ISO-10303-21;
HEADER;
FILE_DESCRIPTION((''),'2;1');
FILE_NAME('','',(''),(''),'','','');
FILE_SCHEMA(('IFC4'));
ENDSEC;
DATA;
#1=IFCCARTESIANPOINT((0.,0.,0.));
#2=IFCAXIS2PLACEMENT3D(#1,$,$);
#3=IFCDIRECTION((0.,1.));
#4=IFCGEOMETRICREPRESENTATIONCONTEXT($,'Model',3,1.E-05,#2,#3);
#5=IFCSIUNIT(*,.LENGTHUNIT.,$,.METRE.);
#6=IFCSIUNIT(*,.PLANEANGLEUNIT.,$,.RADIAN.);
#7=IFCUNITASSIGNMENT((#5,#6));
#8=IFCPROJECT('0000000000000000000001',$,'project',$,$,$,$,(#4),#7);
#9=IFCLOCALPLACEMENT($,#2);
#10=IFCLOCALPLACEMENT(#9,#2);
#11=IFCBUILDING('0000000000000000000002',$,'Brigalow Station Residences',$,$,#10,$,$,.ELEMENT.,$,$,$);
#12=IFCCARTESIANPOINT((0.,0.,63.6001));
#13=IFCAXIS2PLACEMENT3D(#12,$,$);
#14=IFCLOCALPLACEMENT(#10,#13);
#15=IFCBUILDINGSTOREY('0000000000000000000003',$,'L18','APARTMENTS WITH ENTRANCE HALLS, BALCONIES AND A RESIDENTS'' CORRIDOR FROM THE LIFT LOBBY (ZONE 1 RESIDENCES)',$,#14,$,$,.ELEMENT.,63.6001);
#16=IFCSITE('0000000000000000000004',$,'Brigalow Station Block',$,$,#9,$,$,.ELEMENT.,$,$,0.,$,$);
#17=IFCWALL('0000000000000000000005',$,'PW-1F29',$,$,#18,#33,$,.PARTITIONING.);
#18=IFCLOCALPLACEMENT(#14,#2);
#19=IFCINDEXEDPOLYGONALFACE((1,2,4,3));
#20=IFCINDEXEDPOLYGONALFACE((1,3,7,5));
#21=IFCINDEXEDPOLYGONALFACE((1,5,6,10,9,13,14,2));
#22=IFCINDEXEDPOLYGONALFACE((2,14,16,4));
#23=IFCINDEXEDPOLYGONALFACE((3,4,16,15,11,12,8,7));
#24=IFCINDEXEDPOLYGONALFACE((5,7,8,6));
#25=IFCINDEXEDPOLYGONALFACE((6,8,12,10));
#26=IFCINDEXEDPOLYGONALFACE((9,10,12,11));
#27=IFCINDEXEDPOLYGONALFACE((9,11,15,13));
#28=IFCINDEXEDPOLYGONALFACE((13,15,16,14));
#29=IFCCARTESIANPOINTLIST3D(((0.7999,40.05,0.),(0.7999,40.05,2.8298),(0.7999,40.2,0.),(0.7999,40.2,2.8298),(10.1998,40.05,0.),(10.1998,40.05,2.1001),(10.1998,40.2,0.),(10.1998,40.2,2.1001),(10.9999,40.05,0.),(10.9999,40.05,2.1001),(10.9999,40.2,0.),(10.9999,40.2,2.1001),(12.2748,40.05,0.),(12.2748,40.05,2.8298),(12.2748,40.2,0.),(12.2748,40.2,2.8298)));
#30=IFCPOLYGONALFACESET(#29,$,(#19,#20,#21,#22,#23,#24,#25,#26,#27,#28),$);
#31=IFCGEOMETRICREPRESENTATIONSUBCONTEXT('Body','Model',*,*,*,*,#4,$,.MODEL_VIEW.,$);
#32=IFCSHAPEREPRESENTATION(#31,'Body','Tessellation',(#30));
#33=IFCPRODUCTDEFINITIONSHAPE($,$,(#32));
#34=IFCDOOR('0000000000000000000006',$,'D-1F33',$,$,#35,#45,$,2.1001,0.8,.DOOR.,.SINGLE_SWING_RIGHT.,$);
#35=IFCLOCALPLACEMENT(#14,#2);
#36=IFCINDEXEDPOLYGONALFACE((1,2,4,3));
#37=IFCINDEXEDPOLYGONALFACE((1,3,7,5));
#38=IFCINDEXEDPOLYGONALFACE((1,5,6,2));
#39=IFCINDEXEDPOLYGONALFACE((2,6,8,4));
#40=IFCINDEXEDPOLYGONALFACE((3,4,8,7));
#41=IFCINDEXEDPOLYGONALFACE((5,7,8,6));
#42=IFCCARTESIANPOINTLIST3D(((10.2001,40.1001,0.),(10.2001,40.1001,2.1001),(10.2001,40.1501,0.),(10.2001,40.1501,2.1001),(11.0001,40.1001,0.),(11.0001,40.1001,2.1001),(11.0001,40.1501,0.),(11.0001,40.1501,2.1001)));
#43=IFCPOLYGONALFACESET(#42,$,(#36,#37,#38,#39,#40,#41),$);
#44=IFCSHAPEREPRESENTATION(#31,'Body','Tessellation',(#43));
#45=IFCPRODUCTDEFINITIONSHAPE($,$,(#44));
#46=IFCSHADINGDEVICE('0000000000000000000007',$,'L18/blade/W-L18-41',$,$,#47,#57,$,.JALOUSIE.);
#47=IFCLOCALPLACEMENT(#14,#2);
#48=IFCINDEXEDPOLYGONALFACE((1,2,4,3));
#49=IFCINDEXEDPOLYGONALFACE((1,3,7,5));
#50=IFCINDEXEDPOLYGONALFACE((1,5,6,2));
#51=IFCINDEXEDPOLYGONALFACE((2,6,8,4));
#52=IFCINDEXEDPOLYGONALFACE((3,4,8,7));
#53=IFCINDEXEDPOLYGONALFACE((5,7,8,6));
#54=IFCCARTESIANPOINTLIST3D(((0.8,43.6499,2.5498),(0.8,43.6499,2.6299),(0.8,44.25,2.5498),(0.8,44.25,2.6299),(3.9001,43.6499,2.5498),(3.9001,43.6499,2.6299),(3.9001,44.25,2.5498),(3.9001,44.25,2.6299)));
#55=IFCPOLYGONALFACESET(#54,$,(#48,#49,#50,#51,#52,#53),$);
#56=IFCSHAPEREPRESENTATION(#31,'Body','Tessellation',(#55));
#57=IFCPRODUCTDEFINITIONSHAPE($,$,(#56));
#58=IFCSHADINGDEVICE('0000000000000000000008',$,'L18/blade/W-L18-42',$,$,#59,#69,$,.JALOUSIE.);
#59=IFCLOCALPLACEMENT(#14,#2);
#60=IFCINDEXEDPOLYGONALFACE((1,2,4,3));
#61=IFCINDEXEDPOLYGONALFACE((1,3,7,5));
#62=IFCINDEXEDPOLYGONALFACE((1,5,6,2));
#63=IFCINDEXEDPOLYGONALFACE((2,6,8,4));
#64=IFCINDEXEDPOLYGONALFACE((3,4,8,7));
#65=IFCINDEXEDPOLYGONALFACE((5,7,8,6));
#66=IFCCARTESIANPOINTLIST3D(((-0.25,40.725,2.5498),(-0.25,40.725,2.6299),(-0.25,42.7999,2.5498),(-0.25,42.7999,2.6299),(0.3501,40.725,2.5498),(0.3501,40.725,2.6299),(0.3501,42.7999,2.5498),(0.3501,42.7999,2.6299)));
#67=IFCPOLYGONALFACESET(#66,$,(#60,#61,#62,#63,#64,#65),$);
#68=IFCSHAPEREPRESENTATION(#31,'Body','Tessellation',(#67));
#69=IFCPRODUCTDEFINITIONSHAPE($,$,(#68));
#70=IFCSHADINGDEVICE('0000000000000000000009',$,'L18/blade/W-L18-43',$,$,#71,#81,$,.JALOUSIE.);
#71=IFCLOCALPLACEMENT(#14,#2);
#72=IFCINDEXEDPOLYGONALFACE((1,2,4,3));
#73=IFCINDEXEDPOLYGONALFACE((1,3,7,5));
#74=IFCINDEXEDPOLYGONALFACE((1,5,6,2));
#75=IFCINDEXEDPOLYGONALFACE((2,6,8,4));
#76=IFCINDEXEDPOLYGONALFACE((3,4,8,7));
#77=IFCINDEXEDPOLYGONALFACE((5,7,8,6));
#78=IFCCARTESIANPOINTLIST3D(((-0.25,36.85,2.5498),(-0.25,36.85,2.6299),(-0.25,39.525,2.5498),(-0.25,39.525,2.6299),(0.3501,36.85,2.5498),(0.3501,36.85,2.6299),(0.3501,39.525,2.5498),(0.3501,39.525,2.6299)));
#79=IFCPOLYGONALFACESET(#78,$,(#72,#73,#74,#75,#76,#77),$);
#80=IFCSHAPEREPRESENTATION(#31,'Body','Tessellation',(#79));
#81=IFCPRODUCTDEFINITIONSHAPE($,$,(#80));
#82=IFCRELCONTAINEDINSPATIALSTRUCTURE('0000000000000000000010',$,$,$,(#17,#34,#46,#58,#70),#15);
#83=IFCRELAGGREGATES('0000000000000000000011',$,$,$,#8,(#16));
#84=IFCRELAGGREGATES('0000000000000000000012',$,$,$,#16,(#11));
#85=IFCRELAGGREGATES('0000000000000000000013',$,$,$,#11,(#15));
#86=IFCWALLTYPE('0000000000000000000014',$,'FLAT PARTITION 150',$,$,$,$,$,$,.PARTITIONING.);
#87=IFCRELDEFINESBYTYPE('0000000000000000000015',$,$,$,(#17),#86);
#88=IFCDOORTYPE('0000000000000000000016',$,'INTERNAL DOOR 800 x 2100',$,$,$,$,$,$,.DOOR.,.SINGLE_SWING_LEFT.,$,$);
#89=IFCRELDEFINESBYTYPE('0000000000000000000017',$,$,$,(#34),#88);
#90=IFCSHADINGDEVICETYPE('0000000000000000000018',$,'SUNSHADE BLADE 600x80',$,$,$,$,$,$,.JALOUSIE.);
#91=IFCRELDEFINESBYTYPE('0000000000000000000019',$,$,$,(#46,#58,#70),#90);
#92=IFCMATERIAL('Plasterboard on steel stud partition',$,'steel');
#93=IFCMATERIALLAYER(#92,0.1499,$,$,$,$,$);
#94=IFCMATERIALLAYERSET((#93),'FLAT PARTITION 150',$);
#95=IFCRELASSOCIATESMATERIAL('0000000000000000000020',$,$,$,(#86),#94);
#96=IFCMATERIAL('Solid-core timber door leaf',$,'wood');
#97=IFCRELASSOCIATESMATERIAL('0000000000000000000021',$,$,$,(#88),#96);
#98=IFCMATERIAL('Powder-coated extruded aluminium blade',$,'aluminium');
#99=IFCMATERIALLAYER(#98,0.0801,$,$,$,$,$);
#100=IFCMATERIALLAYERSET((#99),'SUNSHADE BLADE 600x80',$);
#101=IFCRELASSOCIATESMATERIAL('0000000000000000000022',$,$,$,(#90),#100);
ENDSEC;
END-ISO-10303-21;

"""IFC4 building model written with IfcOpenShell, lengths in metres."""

from ifc_helpers import new_model, si_unit, direction, frame, frame_2d, origin, origin_2d, place, context, subcontext, project, spatial, rectangle, extrude, material, layer, layer_set, type_object, element, fill, save


model = new_model("IFC4")

# Units and contexts
model_context = context("Model", 3, precision=1e-05, world=origin(), true_north=direction((0.0, 1.0)))
body_context = subcontext(model_context, "Body", "Model", "MODEL_VIEW")
ifc_project = project(units=[si_unit("LENGTHUNIT", "METRE"), si_unit("PLANEANGLEUNIT", "RADIAN")], contexts=[model_context])

# Site, building, storey
site_placement = place(None, origin())
site = spatial("IfcSite", under=ifc_project, at=site_placement, Name="Brigalow Station Block", CompositionType="ELEMENT", RefElevation=0.0)
building_placement = place(site_placement, origin())
building = spatial("IfcBuilding", under=site, at=building_placement, Name="Brigalow Station Residences", CompositionType="ELEMENT")
storey_placement = place(building_placement, frame((0.0, 0.0, 63.6001)))
storey = spatial("IfcBuildingStorey", under=building, at=storey_placement, Name="L18", Description="APARTMENTS WITH ENTRANCE HALLS, BALCONIES AND A RESIDENTS' CORRIDOR FROM THE LIFT LOBBY (ZONE 1 RESIDENCES)", CompositionType="ELEMENT", Elevation=63.6001)

# Wall, opening, door
ifc_material_1 = material(Name="Plasterboard on steel stud partition", Category="steel")
ifc_layer_1 = layer(ifc_material_1, 0.1499)
ifc_layer_set_1 = layer_set([ifc_layer_1], Name="FLAT PARTITION 150")
wall_type_1 = type_object("IfcWallType", Name="FLAT PARTITION 150", PredefinedType="PARTITIONING", material=ifc_layer_set_1)
wall_1_placement = place(storey_placement, frame((0.8, 40.125, 0.0), z_axis=(0.0, 0.0, 1.0), x_axis=(1.0, 0.0, 0.0)))
wall_1 = element("IfcWall", 1, at=wall_1_placement, inside=storey, type_object=wall_type_1, Name="PW-1F29", PredefinedType="PARTITIONING", context=body_context, shape_type="SweptSolid", body=[
    extrude(rectangle(XDim=11.4749, YDim=0.1499, at=frame_2d((5.7373, 0.0))), origin(), (0.0, 0.0, 1.0), 2.8298),
])
opening_1_placement = place(wall_1_placement, frame((9.3999, 0.0, 0.0)))
opening_1 = element("IfcOpeningElement", 2, at=opening_1_placement, cuts=wall_1, PredefinedType="OPENING", context=body_context, shape_type="SweptSolid", body=[
    extrude(rectangle(XDim=0.8, YDim=2.1001, at=frame_2d((0.3999, 1.05))), frame((0.0, 0.085, 0.0), z_axis=(0.0, -1.0, 0.0), x_axis=(1.0, 0.0, 0.0)), (0.0, 0.0, 1.0), 0.1699),
])
ifc_material_2 = material(Name="Solid-core timber door leaf", Category="wood")
door_type = type_object("IfcDoorType", Name="INTERNAL DOOR 800 x 2100", OperationType="SINGLE_SWING_LEFT", PredefinedType="DOOR", material=ifc_material_2)
door_placement = place(opening_1_placement, frame((0.8, 0.0, 0.0), z_axis=(0.0, 0.0, 1.0), x_axis=(-1.0, 0.0, 0.0)))
door = element("IfcDoor", 3, at=door_placement, inside=storey, type_object=door_type, Name="D-1F33", OperationType="SINGLE_SWING_RIGHT", OverallHeight=2.1001, OverallWidth=0.8, PredefinedType="DOOR", context=body_context, shape_type="SweptSolid", body=[
    extrude(rectangle(XDim=0.8, YDim=2.1001, at=frame_2d((0.3999, 1.05))), frame((0.0, 0.0249, 0.0), z_axis=(0.0, -1.0, 0.0), x_axis=(1.0, 0.0, 0.0)), (0.0, 0.0, 1.0), 0.05),
])
fill(opening_1, door)

# Shading devices
ifc_material_3 = material(Name="Powder-coated extruded aluminium blade", Category="aluminium")
ifc_layer_2 = layer(ifc_material_3, 0.0801)
ifc_layer_set_2 = layer_set([ifc_layer_2], Name="SUNSHADE BLADE 600x80")
shading_device_type = type_object("IfcShadingDeviceType", Name="SUNSHADE BLADE 600x80", PredefinedType="JALOUSIE", material=ifc_layer_set_2)
shading_device_1_placement = place(storey_placement, frame((2.3501, 43.95, 2.5498), z_axis=(0.0, 0.0, 1.0), x_axis=(-1.0, 0.0, 0.0)))
element("IfcShadingDevice", 4, at=shading_device_1_placement, inside=storey, type_object=shading_device_type, Name="L18/blade/W-L18-41", PredefinedType="JALOUSIE", context=body_context, shape_type="SweptSolid", body=[
    extrude(rectangle(XDim=3.1001, YDim=0.6001, at=origin_2d()), origin(), (0.0, 0.0, 1.0), 0.0801),
])
shading_device_2_placement = place(storey_placement, frame((0.05, 41.7625, 2.5498), z_axis=(0.0, 0.0, 1.0), x_axis=(0.0, -1.0, 0.0)))
element("IfcShadingDevice", 5, at=shading_device_2_placement, inside=storey, type_object=shading_device_type, Name="L18/blade/W-L18-42", PredefinedType="JALOUSIE", context=body_context, shape_type="SweptSolid", body=[
    extrude(rectangle(XDim=2.075, YDim=0.6001, at=origin_2d()), origin(), (0.0, 0.0, 1.0), 0.0801),
])
shading_device_3_placement = place(storey_placement, frame((0.05, 38.1875, 2.5498), z_axis=(0.0, 0.0, 1.0), x_axis=(0.0, -1.0, 0.0)))
element("IfcShadingDevice", 6, at=shading_device_3_placement, inside=storey, type_object=shading_device_type, Name="L18/blade/W-L18-43", PredefinedType="JALOUSIE", context=body_context, shape_type="SweptSolid", body=[
    extrude(rectangle(XDim=2.675, YDim=0.6001, at=origin_2d()), origin(), (0.0, 0.0, 1.0), 0.0801),
])

save(model, "model.ifc")
